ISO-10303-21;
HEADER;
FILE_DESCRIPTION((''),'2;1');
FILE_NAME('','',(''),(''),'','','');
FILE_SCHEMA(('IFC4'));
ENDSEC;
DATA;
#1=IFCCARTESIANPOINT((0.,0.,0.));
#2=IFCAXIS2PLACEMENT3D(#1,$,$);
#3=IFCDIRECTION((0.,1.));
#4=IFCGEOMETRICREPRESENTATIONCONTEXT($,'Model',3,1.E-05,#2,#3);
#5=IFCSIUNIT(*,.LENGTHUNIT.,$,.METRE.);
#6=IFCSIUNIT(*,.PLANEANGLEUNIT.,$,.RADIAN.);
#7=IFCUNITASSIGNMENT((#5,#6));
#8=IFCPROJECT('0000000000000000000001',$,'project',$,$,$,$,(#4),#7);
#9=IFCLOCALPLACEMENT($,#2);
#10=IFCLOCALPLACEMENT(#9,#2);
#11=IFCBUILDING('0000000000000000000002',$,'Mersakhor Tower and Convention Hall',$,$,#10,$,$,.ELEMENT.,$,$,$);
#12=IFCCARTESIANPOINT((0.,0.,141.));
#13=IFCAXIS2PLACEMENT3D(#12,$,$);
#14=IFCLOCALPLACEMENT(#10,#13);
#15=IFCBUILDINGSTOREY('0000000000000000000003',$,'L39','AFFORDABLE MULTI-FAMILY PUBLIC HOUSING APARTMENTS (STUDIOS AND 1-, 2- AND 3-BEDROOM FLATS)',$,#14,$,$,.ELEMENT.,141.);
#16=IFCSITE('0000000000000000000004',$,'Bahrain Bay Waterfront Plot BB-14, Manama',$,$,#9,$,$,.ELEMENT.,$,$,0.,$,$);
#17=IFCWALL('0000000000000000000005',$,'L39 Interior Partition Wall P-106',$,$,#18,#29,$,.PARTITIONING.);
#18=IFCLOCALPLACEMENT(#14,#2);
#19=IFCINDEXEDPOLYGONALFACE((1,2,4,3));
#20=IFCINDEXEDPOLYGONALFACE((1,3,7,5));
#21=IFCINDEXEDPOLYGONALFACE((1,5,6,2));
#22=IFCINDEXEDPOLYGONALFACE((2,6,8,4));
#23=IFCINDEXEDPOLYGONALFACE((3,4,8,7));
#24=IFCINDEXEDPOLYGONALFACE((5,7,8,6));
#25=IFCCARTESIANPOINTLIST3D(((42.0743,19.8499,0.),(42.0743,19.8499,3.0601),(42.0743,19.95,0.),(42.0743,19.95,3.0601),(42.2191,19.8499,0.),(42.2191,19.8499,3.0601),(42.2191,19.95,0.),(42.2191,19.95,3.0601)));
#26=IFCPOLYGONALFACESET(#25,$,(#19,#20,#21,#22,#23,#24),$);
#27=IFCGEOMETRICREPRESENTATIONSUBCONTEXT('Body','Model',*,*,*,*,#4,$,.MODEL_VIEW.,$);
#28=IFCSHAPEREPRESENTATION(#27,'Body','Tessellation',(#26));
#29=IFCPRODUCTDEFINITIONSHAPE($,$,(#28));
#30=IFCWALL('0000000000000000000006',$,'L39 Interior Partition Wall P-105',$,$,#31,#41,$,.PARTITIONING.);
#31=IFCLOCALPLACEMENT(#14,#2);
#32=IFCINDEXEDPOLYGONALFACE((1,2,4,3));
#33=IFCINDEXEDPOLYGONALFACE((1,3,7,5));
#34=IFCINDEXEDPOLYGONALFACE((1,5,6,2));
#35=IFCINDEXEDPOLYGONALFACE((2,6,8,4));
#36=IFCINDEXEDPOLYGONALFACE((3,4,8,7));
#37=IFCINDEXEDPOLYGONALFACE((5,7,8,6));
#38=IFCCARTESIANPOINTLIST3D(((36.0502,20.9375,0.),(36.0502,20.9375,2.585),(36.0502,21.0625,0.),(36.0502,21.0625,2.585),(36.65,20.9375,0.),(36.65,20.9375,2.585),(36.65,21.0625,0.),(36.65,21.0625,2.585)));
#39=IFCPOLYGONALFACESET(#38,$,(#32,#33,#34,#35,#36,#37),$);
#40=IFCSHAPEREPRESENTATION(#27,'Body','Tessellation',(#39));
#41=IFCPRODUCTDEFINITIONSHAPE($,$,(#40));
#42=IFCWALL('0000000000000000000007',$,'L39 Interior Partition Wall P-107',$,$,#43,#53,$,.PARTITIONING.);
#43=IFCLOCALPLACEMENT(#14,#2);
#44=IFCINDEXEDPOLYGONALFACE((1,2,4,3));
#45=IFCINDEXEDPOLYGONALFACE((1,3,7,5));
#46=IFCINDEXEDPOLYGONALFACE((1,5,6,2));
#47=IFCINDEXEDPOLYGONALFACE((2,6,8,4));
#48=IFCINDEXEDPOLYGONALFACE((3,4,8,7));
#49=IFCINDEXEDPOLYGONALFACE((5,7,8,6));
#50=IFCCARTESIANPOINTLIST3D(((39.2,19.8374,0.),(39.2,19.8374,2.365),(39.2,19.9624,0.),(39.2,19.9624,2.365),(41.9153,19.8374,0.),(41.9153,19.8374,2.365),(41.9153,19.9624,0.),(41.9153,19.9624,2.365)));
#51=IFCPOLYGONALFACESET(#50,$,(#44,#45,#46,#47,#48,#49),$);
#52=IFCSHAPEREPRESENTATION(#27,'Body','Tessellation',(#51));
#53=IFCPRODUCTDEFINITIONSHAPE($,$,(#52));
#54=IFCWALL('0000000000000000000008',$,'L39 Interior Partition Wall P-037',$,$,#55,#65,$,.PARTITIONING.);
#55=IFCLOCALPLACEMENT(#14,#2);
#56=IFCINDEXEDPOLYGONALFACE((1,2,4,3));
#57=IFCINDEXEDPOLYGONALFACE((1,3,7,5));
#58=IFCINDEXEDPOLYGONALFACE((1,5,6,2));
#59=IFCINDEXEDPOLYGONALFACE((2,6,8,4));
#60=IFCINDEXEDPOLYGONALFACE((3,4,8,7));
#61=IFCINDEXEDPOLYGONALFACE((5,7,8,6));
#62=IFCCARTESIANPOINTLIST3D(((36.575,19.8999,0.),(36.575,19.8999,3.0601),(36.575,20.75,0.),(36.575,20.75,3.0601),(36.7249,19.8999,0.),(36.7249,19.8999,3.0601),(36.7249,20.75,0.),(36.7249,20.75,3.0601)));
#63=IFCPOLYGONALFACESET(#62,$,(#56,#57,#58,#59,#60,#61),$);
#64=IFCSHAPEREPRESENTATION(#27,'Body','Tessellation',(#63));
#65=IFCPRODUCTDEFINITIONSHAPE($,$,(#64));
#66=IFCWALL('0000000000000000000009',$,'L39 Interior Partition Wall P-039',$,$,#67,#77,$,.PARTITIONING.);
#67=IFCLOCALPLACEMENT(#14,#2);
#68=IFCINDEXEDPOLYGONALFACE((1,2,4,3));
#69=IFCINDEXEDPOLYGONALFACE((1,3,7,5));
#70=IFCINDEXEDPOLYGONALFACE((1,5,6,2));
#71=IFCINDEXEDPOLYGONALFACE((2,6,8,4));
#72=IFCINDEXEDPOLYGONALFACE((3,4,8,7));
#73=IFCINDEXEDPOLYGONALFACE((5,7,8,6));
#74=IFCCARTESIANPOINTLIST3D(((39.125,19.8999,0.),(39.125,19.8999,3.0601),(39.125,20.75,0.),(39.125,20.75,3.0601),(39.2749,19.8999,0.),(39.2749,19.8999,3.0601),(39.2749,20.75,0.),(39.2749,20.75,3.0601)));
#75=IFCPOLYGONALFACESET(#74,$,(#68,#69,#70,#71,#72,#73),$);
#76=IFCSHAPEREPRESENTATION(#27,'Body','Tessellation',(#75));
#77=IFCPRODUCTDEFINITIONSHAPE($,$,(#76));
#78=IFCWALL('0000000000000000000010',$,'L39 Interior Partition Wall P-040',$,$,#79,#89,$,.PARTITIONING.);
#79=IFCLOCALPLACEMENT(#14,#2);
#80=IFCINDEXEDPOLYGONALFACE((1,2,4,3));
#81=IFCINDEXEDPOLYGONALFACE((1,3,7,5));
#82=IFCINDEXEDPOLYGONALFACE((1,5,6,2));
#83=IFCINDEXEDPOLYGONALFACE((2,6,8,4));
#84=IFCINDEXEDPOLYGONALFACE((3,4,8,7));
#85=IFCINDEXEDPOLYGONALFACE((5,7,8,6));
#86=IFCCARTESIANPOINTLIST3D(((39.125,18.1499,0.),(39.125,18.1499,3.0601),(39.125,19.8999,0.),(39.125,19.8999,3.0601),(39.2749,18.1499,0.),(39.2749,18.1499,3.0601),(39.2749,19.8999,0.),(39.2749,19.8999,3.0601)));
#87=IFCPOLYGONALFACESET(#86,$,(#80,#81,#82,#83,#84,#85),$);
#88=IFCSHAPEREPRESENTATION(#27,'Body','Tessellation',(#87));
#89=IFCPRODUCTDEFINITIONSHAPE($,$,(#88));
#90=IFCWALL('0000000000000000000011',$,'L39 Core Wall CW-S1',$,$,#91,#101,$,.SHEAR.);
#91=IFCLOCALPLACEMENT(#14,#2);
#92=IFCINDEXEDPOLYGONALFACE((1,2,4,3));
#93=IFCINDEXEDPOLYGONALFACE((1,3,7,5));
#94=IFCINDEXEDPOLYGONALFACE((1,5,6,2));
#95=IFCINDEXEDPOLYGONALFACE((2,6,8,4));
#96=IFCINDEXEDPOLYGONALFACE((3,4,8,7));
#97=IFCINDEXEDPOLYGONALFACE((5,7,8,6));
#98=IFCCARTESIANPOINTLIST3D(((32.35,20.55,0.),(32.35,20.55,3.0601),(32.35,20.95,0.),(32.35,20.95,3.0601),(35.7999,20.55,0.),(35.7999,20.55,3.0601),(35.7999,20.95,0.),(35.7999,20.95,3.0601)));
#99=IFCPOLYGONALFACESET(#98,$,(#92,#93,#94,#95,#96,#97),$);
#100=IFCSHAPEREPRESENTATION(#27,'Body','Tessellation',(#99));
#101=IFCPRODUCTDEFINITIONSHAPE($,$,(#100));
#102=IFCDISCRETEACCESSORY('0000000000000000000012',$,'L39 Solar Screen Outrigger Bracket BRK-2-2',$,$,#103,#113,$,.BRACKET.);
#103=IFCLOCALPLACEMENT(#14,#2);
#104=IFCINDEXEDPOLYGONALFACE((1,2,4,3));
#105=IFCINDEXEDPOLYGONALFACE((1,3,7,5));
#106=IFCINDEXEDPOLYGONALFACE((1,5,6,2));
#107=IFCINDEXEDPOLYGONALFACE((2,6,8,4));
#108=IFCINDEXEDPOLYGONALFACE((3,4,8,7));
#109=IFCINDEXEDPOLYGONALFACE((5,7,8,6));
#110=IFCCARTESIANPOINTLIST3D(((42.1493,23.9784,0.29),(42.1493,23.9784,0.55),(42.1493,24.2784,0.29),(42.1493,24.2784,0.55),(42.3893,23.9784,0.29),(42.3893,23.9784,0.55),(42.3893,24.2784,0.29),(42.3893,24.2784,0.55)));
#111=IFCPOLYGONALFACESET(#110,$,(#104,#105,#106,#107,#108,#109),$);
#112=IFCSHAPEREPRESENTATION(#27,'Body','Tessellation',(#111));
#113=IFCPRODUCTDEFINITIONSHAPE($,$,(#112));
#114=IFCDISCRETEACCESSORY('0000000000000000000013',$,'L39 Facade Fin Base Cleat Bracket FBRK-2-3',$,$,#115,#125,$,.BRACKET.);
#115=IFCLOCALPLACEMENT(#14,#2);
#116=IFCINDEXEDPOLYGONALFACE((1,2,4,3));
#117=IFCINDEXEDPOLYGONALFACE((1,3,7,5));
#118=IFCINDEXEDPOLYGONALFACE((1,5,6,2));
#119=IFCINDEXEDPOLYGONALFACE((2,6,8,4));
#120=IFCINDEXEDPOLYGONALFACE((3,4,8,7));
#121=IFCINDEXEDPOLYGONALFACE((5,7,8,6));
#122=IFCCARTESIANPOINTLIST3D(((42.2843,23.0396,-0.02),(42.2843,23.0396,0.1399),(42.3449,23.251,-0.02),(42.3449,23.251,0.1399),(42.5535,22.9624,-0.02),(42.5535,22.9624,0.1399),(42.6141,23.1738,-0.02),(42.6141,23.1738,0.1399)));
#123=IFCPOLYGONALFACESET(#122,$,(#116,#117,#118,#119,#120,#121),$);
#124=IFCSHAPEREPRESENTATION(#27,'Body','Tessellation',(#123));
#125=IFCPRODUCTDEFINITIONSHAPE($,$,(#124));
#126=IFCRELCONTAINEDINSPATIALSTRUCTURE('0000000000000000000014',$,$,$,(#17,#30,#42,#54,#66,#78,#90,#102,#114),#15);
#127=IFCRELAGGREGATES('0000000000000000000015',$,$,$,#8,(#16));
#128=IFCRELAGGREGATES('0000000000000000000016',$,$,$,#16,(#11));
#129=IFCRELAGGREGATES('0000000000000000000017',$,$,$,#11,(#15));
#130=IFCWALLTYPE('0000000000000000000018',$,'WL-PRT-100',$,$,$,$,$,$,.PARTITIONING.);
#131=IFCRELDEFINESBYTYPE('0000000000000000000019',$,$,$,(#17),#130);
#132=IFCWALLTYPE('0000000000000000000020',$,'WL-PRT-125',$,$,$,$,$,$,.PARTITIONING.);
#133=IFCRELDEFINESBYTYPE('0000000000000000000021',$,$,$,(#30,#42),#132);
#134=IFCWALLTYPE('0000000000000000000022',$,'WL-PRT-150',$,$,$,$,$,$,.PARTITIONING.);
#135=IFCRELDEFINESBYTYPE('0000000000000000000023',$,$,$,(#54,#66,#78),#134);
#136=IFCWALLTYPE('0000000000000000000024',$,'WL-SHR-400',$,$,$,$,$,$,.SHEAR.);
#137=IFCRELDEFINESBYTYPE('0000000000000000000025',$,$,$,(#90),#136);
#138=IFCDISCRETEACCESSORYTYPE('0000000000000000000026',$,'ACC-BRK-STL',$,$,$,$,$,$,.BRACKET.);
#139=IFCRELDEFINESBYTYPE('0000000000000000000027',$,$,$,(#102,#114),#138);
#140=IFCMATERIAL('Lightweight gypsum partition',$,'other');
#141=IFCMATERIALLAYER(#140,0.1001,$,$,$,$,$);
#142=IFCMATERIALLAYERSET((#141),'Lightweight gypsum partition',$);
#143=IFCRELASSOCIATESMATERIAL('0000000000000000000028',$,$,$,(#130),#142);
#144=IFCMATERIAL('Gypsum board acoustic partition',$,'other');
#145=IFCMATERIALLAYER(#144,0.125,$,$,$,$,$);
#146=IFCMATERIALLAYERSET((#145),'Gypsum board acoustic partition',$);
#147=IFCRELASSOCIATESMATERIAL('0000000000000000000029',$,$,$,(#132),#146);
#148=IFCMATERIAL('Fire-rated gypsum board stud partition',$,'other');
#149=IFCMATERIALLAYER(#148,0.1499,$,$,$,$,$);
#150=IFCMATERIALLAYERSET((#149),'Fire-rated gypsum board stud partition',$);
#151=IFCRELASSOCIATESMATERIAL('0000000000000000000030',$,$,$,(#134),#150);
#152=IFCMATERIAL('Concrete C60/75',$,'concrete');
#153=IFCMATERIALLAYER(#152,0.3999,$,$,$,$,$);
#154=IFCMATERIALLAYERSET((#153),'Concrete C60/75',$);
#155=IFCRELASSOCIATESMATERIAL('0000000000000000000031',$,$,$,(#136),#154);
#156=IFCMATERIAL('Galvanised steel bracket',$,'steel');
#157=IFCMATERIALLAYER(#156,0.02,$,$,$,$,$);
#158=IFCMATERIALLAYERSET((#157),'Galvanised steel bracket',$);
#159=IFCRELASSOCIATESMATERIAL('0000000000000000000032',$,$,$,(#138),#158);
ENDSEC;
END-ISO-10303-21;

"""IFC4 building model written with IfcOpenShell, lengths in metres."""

from ifc_helpers import new_model, si_unit, direction, frame, frame_2d, origin, origin_2d, place, context, subcontext, project, spatial, rectangle, extrude, material, layer, layer_set, type_object, element, save


model = new_model("IFC4")

# Units and contexts
model_context = context("Model", 3, precision=1e-05, world=origin(), true_north=direction((0.0, 1.0)))
body_context = subcontext(model_context, "Body", "Model", "MODEL_VIEW")
ifc_project = project(units=[si_unit("LENGTHUNIT", "METRE"), si_unit("PLANEANGLEUNIT", "RADIAN")], contexts=[model_context])

# Site, building, storey
site_placement = place(None, origin())
site = spatial("IfcSite", under=ifc_project, at=site_placement, Name="Bahrain Bay Waterfront Plot BB-14, Manama", CompositionType="ELEMENT", RefElevation=0.0)
building_placement = place(site_placement, origin())
building = spatial("IfcBuilding", under=site, at=building_placement, Name="Mersakhor Tower and Convention Hall", CompositionType="ELEMENT")
storey_placement = place(building_placement, frame((0.0, 0.0, 141.0)))
storey = spatial("IfcBuildingStorey", under=building, at=storey_placement, Name="L39", Description="AFFORDABLE MULTI-FAMILY PUBLIC HOUSING APARTMENTS (STUDIOS AND 1-, 2- AND 3-BEDROOM FLATS)", CompositionType="ELEMENT", Elevation=141.0)

# Walls
ifc_material_1 = material(Name="Lightweight gypsum partition", Category="other")
ifc_layer_1 = layer(ifc_material_1, 0.1001)
ifc_layer_set_1 = layer_set([ifc_layer_1], Name="Lightweight gypsum partition")
wall_type_1 = type_object("IfcWallType", Name="WL-PRT-100", PredefinedType="PARTITIONING", material=ifc_layer_set_1)
wall_1_placement = place(storey_placement, frame((42.219, 19.8999, 0.0), z_axis=(0.0, 0.0, 1.0), x_axis=(-1.0, 0.0, 0.0)))
element("IfcWall", 1, at=wall_1_placement, inside=storey, type_object=wall_type_1, Name="L39 Interior Partition Wall P-106", PredefinedType="PARTITIONING", context=body_context, shape_type="SweptSolid", body=[
    extrude(rectangle(XDim=0.1448, YDim=0.1001, at=frame_2d((0.0723, 0.0))), origin(), (0.0, 0.0, 1.0), 3.0601),
])
ifc_material_2 = material(Name="Gypsum board acoustic partition", Category="other")
ifc_layer_2 = layer(ifc_material_2, 0.125)
ifc_layer_set_2 = layer_set([ifc_layer_2], Name="Gypsum board acoustic partition")
wall_type_2 = type_object("IfcWallType", Name="WL-PRT-125", PredefinedType="PARTITIONING", material=ifc_layer_set_2)
wall_2_placement = place(storey_placement, frame((36.6499, 21.0, 0.0), z_axis=(0.0, 0.0, 1.0), x_axis=(-1.0, 0.0, 0.0)))
element("IfcWall", 2, at=wall_2_placement, inside=storey, type_object=wall_type_2, Name="L39 Interior Partition Wall P-105", PredefinedType="PARTITIONING", context=body_context, shape_type="SweptSolid", body=[
    extrude(rectangle(XDim=0.5999, YDim=0.125, at=frame_2d((0.2998, 0.0))), origin(), (0.0, 0.0, 1.0), 2.585),
])
wall_3_placement = place(storey_placement, frame((41.9153, 19.8999, 0.0), z_axis=(0.0, 0.0, 1.0), x_axis=(-1.0, 0.0, 0.0)))
element("IfcWall", 3, at=wall_3_placement, inside=storey, type_object=wall_type_2, Name="L39 Interior Partition Wall P-107", PredefinedType="PARTITIONING", context=body_context, shape_type="SweptSolid", body=[
    extrude(rectangle(XDim=2.7153, YDim=0.125, at=frame_2d((1.3577, 0.0))), origin(), (0.0, 0.0, 1.0), 2.365),
])
ifc_material_3 = material(Name="Fire-rated gypsum board stud partition", Category="other")
ifc_layer_3 = layer(ifc_material_3, 0.1499)
ifc_layer_set_3 = layer_set([ifc_layer_3], Name="Fire-rated gypsum board stud partition")
wall_type_3 = type_object("IfcWallType", Name="WL-PRT-150", PredefinedType="PARTITIONING", material=ifc_layer_set_3)
wall_4_placement = place(storey_placement, frame((36.6499, 19.8999, 0.0), z_axis=(0.0, 0.0, 1.0), x_axis=(0.0, 1.0, 0.0)))
element("IfcWall", 4, at=wall_4_placement, inside=storey, type_object=wall_type_3, Name="L39 Interior Partition Wall P-037", PredefinedType="PARTITIONING", context=body_context, shape_type="SweptSolid", body=[
    extrude(rectangle(XDim=0.8501, YDim=0.1499, at=frame_2d((0.425, 0.0))), origin(), (0.0, 0.0, 1.0), 3.0601),
])

# Walls
wall_5_placement = place(storey_placement, frame((39.2, 20.75, 0.0), z_axis=(0.0, 0.0, 1.0), x_axis=(0.0, -1.0, 0.0)))
element("IfcWall", 5, at=wall_5_placement, inside=storey, type_object=wall_type_3, Name="L39 Interior Partition Wall P-039", PredefinedType="PARTITIONING", context=body_context, shape_type="SweptSolid", body=[
    extrude(rectangle(XDim=0.8501, YDim=0.1499, at=frame_2d((0.425, 0.0))), origin(), (0.0, 0.0, 1.0), 3.0601),
])
wall_6_placement = place(storey_placement, frame((39.2, 19.8999, 0.0), z_axis=(0.0, 0.0, 1.0), x_axis=(0.0, -1.0, 0.0)))
element("IfcWall", 6, at=wall_6_placement, inside=storey, type_object=wall_type_3, Name="L39 Interior Partition Wall P-040", PredefinedType="PARTITIONING", context=body_context, shape_type="SweptSolid", body=[
    extrude(rectangle(XDim=1.75, YDim=0.1499, at=frame_2d((0.875, 0.0))), origin(), (0.0, 0.0, 1.0), 3.0601),
])
ifc_material_4 = material(Name="Concrete C60/75", Category="concrete")
ifc_layer_4 = layer(ifc_material_4, 0.3999)
ifc_layer_set_4 = layer_set([ifc_layer_4], Name="Concrete C60/75")
wall_type_4 = type_object("IfcWallType", Name="WL-SHR-400", PredefinedType="SHEAR", material=ifc_layer_set_4)
wall_7_placement = place(storey_placement, frame((35.8, 20.75, 0.0), z_axis=(0.0, 0.0, 1.0), x_axis=(-1.0, 0.0, 0.0)))
element("IfcWall", 7, at=wall_7_placement, inside=storey, type_object=wall_type_4, Name="L39 Core Wall CW-S1", PredefinedType="SHEAR", context=body_context, shape_type="SweptSolid", body=[
    extrude(rectangle(XDim=3.45, YDim=0.3999, at=frame_2d((1.7251, 0.0))), origin(), (0.0, 0.0, 1.0), 3.0601),
])

# Discrete accessories
ifc_material_5 = material(Name="Galvanised steel bracket", Category="steel")
ifc_layer_5 = layer(ifc_material_5, 0.02)
ifc_layer_set_5 = layer_set([ifc_layer_5], Name="Galvanised steel bracket")
discrete_accessory_type = type_object("IfcDiscreteAccessoryType", Name="ACC-BRK-STL", PredefinedType="BRACKET", material=ifc_layer_set_5)
discrete_accessory_1_placement = place(storey_placement, frame((42.2693, 24.1284, 0.29), z_axis=(0.0, 0.0, 1.0), x_axis=(0.0, -1.0, 0.0)))
element("IfcDiscreteAccessory", 8, at=discrete_accessory_1_placement, inside=storey, type_object=discrete_accessory_type, Name="L39 Solar Screen Outrigger Bracket BRK-2-2", PredefinedType="BRACKET", context=body_context, shape_type="SweptSolid", body=[
    extrude(rectangle(XDim=0.3, YDim=0.24, at=origin_2d()), origin(), (0.0, 0.0, 1.0), 0.26),
])
discrete_accessory_2_placement = place(storey_placement, frame((42.4492, 23.1067, -0.02), z_axis=(0.0, 0.0, 1.0), x_axis=(0.961262, -0.275637, 0.0)))
element("IfcDiscreteAccessory", 9, at=discrete_accessory_2_placement, inside=storey, type_object=discrete_accessory_type, Name="L39 Facade Fin Base Cleat Bracket FBRK-2-3", PredefinedType="BRACKET", context=body_context, shape_type="SweptSolid", body=[
    extrude(rectangle(XDim=0.28, YDim=0.22, at=origin_2d()), origin(), (0.0, 0.0, 1.0), 0.1599),
])

save(model, "model.ifc")
